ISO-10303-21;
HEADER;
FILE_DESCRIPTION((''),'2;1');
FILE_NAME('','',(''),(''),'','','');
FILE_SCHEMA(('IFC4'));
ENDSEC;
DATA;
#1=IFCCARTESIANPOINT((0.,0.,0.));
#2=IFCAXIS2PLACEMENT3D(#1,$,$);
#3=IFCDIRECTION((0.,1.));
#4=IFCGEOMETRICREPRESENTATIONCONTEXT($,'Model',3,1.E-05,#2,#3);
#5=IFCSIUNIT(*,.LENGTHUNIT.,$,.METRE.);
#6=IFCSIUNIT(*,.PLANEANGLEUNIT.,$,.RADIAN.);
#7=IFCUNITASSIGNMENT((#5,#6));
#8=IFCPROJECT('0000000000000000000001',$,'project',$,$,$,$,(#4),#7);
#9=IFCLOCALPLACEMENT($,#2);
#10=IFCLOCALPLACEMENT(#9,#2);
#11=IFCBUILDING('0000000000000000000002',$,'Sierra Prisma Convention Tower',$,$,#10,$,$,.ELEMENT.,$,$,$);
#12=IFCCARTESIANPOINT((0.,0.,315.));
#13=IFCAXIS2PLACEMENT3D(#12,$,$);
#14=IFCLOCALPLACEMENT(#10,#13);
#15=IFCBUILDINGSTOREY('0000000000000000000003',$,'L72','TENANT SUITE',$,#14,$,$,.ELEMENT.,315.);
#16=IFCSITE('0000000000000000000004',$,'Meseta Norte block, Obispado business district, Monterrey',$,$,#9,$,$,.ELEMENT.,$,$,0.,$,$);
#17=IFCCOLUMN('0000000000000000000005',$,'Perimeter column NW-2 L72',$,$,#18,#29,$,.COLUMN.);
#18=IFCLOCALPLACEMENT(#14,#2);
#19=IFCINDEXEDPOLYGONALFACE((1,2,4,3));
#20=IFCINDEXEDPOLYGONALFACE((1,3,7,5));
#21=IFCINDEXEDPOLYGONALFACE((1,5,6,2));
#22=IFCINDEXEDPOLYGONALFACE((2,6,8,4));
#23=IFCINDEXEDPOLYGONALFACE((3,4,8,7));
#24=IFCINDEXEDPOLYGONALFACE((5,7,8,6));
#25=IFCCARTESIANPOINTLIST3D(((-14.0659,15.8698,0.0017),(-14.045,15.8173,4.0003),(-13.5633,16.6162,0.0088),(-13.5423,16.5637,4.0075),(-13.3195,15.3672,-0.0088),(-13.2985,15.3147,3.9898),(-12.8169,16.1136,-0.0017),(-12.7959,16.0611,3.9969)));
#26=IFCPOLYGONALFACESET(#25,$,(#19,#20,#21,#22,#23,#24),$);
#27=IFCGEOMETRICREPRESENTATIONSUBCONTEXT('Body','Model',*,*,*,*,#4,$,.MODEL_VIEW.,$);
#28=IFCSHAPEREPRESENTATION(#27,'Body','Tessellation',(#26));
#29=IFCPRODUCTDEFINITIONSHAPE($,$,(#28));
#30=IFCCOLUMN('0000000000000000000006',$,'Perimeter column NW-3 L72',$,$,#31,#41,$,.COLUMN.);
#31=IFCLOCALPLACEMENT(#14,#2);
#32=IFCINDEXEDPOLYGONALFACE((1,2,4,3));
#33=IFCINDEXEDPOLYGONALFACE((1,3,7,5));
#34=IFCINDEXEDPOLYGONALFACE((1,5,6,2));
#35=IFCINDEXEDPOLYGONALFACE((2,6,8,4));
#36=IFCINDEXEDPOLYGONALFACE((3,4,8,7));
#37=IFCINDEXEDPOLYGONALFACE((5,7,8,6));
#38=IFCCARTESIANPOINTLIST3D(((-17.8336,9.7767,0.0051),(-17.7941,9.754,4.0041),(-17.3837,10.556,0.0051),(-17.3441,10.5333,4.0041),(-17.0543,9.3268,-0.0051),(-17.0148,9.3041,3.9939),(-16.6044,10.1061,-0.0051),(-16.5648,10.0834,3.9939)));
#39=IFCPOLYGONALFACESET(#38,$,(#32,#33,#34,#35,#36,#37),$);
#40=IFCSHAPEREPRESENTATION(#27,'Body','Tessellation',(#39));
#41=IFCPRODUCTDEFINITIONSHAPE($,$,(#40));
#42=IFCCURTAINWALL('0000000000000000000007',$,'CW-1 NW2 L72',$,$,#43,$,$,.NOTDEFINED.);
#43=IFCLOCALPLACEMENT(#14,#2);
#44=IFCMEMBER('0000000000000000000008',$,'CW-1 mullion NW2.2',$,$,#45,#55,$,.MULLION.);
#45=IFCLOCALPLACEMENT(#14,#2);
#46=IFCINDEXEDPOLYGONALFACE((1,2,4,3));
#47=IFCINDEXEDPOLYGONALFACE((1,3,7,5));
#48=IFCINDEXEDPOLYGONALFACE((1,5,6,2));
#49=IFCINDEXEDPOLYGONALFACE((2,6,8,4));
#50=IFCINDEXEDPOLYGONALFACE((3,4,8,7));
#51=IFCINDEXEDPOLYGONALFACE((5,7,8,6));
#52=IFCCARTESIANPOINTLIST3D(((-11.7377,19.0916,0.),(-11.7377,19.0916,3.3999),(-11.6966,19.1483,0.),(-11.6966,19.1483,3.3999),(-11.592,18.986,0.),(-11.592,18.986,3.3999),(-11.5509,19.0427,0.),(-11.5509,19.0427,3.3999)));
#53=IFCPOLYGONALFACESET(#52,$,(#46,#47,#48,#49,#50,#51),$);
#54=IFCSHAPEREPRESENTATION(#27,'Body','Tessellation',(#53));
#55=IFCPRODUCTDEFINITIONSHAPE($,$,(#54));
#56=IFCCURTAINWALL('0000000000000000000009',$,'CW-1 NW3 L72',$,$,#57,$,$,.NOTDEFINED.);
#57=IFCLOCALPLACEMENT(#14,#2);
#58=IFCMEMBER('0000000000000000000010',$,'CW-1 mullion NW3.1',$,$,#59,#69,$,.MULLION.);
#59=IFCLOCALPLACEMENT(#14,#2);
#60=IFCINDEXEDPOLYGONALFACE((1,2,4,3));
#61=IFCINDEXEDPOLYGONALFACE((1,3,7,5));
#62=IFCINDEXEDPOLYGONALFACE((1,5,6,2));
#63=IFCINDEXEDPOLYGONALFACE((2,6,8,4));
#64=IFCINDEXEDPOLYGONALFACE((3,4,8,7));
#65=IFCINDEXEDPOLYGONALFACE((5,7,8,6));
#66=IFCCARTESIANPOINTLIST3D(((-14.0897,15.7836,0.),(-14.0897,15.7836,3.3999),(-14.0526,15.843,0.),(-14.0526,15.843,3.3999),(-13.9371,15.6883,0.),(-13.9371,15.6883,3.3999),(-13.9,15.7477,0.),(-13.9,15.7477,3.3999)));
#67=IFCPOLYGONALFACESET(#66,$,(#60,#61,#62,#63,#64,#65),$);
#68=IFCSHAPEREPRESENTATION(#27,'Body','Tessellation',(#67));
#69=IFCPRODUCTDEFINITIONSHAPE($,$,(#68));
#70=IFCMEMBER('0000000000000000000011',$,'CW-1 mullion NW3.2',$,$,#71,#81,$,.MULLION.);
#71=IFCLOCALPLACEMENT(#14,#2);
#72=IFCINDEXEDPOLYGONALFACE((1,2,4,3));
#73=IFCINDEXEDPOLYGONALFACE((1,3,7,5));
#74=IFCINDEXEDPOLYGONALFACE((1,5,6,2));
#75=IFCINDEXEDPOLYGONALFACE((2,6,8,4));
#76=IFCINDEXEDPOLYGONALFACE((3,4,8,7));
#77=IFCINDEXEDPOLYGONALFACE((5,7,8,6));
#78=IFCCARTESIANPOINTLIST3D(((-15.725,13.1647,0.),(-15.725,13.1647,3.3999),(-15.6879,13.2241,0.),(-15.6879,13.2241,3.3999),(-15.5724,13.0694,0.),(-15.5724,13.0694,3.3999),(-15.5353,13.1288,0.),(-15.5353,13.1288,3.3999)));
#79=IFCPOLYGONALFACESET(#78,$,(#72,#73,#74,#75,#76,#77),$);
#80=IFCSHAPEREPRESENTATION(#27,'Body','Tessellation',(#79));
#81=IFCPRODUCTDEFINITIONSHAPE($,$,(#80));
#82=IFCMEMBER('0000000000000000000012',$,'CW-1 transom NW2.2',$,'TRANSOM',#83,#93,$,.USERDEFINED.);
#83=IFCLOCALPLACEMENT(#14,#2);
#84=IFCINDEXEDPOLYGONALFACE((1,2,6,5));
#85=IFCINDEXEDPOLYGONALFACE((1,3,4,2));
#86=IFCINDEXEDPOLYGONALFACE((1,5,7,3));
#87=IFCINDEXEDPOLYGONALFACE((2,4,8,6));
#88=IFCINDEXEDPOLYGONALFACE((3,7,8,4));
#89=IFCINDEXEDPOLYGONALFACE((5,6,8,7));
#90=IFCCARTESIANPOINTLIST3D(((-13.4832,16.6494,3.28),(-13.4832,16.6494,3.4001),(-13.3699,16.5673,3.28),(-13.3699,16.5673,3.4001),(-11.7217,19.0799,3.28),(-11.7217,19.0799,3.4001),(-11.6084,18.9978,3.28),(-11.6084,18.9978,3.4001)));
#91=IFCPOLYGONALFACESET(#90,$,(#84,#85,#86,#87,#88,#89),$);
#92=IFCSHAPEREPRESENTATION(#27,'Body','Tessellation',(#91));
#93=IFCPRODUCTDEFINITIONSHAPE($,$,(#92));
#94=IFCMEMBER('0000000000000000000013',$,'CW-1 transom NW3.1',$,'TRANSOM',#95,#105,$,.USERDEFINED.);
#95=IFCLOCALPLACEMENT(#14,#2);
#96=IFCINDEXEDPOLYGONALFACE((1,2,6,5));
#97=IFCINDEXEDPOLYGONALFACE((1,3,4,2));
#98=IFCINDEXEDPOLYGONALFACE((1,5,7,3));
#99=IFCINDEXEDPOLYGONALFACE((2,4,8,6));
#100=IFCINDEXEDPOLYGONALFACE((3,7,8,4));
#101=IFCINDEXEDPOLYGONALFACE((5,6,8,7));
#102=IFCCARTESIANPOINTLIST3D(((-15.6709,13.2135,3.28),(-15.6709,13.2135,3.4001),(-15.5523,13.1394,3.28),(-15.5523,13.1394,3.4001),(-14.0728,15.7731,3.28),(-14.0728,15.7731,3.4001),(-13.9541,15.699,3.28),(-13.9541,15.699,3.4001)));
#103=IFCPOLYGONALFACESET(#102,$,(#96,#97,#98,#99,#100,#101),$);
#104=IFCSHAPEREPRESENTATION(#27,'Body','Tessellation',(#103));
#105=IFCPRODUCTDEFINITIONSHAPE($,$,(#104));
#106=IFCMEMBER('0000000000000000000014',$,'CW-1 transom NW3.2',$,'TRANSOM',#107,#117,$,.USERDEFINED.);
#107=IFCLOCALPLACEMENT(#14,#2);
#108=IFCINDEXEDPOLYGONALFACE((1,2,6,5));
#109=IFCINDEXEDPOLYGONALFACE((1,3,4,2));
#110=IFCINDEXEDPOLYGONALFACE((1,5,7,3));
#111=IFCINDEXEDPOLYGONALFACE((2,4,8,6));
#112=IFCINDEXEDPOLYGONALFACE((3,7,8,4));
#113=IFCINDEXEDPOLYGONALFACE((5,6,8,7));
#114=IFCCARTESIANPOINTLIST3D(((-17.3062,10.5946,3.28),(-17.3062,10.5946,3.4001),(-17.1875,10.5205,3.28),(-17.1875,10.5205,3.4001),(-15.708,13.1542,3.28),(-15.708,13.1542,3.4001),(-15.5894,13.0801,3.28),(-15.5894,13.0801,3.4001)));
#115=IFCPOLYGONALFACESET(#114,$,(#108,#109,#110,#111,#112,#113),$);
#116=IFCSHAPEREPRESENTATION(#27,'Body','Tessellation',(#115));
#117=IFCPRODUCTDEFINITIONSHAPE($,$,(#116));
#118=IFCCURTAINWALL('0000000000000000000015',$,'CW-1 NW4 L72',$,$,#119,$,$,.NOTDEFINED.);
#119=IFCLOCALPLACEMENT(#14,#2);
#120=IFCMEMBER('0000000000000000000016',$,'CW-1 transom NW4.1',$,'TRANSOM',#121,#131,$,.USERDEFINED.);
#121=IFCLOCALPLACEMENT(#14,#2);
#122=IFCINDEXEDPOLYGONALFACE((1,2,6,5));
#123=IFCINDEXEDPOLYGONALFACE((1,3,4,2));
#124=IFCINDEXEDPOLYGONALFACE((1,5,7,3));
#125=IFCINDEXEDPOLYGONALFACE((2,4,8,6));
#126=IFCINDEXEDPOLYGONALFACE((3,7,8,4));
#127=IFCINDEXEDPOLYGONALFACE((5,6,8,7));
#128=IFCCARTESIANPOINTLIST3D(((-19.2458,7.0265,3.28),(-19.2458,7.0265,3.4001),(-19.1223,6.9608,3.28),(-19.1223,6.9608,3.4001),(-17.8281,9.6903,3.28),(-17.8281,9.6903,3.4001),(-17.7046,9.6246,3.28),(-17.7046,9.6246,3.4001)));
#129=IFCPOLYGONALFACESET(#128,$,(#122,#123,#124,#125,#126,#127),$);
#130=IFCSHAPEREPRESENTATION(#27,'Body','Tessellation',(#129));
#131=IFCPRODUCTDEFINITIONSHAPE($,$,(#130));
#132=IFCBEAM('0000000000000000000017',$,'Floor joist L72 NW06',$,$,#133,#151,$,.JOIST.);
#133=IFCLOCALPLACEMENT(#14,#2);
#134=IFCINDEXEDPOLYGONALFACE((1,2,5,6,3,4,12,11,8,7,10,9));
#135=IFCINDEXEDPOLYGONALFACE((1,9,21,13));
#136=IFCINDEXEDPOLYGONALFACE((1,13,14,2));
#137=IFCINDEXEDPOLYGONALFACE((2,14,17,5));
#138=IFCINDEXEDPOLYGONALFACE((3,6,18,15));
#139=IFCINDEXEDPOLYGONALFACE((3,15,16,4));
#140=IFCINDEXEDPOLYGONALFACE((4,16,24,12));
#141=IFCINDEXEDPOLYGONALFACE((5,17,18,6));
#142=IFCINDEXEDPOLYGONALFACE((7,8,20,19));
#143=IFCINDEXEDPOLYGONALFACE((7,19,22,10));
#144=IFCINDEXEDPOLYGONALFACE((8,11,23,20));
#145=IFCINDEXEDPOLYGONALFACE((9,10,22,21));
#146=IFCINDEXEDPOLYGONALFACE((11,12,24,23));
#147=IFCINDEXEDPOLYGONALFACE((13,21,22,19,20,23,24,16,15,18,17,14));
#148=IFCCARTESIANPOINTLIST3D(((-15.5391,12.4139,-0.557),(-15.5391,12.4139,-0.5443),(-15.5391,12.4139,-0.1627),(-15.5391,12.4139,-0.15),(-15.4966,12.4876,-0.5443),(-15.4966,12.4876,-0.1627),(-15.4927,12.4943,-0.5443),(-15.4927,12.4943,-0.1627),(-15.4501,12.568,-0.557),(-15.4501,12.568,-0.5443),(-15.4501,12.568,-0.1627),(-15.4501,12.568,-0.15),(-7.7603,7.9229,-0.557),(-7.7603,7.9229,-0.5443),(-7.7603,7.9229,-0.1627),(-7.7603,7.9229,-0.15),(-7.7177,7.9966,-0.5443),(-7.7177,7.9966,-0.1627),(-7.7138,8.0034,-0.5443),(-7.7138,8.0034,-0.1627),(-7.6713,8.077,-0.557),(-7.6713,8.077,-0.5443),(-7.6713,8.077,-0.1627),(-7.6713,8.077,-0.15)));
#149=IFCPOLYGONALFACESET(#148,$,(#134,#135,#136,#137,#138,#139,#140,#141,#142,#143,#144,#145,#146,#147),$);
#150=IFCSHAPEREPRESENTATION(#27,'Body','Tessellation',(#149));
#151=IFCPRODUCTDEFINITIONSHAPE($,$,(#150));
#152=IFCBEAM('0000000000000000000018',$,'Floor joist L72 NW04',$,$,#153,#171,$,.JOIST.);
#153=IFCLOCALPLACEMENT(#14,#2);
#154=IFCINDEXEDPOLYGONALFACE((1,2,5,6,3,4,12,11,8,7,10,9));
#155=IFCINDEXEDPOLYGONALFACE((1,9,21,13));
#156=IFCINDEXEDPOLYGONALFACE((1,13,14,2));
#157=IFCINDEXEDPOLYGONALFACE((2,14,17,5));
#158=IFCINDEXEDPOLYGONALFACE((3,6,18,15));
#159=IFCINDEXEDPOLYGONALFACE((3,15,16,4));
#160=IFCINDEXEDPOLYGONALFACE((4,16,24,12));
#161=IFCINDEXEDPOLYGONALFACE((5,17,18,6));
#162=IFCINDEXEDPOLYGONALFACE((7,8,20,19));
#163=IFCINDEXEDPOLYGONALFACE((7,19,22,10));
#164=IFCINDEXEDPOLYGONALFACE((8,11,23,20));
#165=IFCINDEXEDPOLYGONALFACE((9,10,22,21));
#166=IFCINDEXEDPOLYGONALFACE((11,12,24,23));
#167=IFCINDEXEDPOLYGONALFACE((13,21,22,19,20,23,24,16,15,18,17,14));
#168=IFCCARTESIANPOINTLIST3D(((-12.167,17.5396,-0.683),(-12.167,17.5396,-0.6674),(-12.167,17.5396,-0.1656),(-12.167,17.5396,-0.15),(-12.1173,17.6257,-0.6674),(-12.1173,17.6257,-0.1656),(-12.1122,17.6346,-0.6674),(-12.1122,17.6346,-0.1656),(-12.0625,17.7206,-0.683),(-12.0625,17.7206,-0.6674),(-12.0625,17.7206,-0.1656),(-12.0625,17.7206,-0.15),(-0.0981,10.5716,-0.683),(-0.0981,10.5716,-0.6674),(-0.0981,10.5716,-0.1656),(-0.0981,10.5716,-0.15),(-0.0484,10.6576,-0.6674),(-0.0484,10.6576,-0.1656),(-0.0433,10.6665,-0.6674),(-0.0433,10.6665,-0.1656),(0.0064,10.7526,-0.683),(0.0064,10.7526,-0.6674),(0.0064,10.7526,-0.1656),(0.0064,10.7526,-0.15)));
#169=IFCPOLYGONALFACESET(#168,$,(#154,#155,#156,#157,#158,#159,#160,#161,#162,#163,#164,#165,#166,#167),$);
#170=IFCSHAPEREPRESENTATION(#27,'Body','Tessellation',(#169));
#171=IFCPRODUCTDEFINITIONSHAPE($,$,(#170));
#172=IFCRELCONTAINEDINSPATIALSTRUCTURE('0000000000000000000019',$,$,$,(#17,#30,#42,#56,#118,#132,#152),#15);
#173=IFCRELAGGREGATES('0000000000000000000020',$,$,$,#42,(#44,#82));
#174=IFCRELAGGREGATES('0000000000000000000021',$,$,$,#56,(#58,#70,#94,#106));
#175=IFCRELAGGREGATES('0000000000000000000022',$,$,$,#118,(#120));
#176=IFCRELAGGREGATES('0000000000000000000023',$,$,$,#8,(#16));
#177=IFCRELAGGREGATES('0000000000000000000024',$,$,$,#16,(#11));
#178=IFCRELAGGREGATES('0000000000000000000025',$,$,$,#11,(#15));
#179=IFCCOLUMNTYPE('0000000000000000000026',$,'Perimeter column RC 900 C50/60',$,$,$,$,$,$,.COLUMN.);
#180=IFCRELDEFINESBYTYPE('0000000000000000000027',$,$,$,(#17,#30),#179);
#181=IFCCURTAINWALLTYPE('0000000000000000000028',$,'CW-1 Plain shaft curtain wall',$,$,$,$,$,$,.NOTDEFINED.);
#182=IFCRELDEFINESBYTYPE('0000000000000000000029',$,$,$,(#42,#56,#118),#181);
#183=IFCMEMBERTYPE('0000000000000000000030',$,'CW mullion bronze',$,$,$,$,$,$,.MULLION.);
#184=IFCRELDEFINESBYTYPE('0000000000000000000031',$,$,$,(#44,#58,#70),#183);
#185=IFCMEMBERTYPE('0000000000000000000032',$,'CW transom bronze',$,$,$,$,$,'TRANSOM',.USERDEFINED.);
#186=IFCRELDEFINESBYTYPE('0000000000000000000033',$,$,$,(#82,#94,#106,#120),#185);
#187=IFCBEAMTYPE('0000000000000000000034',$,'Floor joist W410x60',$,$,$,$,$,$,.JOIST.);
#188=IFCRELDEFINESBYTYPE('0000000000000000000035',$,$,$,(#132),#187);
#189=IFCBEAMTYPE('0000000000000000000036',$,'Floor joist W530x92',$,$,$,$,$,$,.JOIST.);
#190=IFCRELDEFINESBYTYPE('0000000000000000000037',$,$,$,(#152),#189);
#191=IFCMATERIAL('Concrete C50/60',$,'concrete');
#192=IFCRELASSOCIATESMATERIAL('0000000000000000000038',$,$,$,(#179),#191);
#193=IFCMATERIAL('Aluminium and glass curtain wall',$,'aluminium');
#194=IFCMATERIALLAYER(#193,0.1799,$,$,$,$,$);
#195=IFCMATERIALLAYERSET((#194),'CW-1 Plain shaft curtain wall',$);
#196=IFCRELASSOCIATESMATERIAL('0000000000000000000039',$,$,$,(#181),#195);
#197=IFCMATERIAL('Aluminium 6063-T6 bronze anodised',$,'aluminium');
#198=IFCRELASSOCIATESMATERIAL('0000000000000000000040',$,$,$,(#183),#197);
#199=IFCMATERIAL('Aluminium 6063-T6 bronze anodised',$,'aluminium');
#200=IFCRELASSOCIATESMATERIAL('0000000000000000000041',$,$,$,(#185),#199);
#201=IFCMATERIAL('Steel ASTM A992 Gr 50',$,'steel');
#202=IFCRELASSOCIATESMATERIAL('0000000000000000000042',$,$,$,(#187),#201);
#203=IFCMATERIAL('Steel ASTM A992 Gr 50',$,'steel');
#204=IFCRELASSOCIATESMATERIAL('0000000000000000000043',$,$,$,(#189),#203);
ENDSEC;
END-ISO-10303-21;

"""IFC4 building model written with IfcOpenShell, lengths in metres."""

from ifc_helpers import new_model, si_unit, direction, frame, origin, origin_2d, place, context, subcontext, project, spatial, rectangle, i_section, extrude, clip, halfspace, material, layer, layer_set, material_profile, profile_set, type_object, element, aggregate, save


model = new_model("IFC4")

# Units and contexts
model_context = context("Model", 3, precision=1e-05, world=origin(), true_north=direction((0.0, 1.0)))
body_context = subcontext(model_context, "Body", "Model", "MODEL_VIEW")
ifc_project = project(units=[si_unit("LENGTHUNIT", "METRE"), si_unit("PLANEANGLEUNIT", "RADIAN")], contexts=[model_context])

# Site, building, storey
site_placement = place(None, origin())
site = spatial("IfcSite", under=ifc_project, at=site_placement, Name="Meseta Norte block, Obispado business district, Monterrey", CompositionType="ELEMENT", RefElevation=0.0)
building_placement = place(site_placement, origin())
building = spatial("IfcBuilding", under=site, at=building_placement, Name="Sierra Prisma Convention Tower", CompositionType="ELEMENT")
storey_placement = place(building_placement, frame((0.0, 0.0, 315.0)))
storey = spatial("IfcBuildingStorey", under=building, at=storey_placement, Name="L72", Description="TENANT SUITE", CompositionType="ELEMENT", Elevation=315.0)

# Columns
ifc_material_1 = material(Name="Concrete C50/60", Category="concrete")
ifc_material_profile_1 = material_profile(ifc_material_1, rectangle(XDim=0.8999, YDim=0.8999, at=origin_2d()), Name="Perimeter column RC 900 C50/60")
ifc_profile_set_1 = profile_set([ifc_material_profile_1], Name="Concrete C50/60")
column_type = type_object("IfcColumnType", Name="Perimeter column RC 900 C50/60", PredefinedType="COLUMN", material=ifc_profile_set_1)
column_1_placement = place(storey_placement, frame((-13.4414, 15.9917, 0.0), z_axis=(0.005248, -0.013121, 0.9999), x_axis=(0.558573, 0.829417, 0.007952)))
element("IfcColumn", 1, at=column_1_placement, inside=storey, type_object=column_type, Name="Perimeter column NW-2 L72", PredefinedType="COLUMN", context=body_context, shape_type="SweptSolid", body=[
    clip(extrude(rectangle(XDim=0.8999, YDim=0.8999, at=origin_2d()), origin(), (0.0, 0.0, 1.0), 4.0005), halfspace(frame((0.0, 0.0, 3.999)), False)),
])
column_2_placement = place(storey_placement, frame((-17.219, 9.9414, 0.0), z_axis=(0.009887, -0.005676, 0.999935), x_axis=(0.499976, 0.86604, -0.000028)))
element("IfcColumn", 2, at=column_2_placement, inside=storey, type_object=column_type, Name="Perimeter column NW-3 L72", PredefinedType="COLUMN", context=body_context, shape_type="SweptSolid", body=[
    clip(extrude(rectangle(XDim=0.8999, YDim=0.8999, at=origin_2d()), origin(), (0.0, 0.0, 1.0), 4.0002), halfspace(frame((0.0, 0.0, 3.9993)), False)),
])

# Curtain wall, member
ifc_material_2 = material(Name="Aluminium and glass curtain wall", Category="aluminium")
ifc_layer_1 = layer(ifc_material_2, 0.1799)
ifc_layer_set_1 = layer_set([ifc_layer_1], Name="CW-1 Plain shaft curtain wall")
curtain_wall_type = type_object("IfcCurtainWallType", Name="CW-1 Plain shaft curtain wall", PredefinedType="NOTDEFINED", material=ifc_layer_set_1)
curtain_wall_1_placement = place(storey_placement, origin())
curtain_wall_1 = element("IfcCurtainWall", 3, at=curtain_wall_1_placement, inside=storey, type_object=curtain_wall_type, Name="CW-1 NW2 L72", PredefinedType="NOTDEFINED")
ifc_material_3 = material(Name="Aluminium 6063-T6 bronze anodised", Category="aluminium")
ifc_material_profile_2 = material_profile(ifc_material_3, rectangle(XDim=0.1799, YDim=0.0701, at=origin_2d()), Name="ALU MULLION 70x180")
ifc_profile_set_2 = profile_set([ifc_material_profile_2], Name="Aluminium 6063-T6 bronze anodised")
member_type_1 = type_object("IfcMemberType", Name="CW mullion bronze", PredefinedType="MULLION", material=ifc_profile_set_2)
member_1_placement = place(storey_placement, frame((-11.6443, 19.0671, 0.0), z_axis=(0.0, 0.0, 1.0), x_axis=(0.809667, -0.58689, 0.0)))
member_1 = element("IfcMember", 4, at=member_1_placement, type_object=member_type_1, Name="CW-1 mullion NW2.2", PredefinedType="MULLION", context=body_context, shape_type="SweptSolid", body=[
    extrude(rectangle(XDim=0.1799, YDim=0.0701, at=origin_2d()), origin(), (0.0, 0.0, 1.0), 3.3999),
])

# Curtain wall, members
curtain_wall_2_placement = place(storey_placement, origin())
curtain_wall_2 = element("IfcCurtainWall", 5, at=curtain_wall_2_placement, inside=storey, type_object=curtain_wall_type, Name="CW-1 NW3 L72", PredefinedType="NOTDEFINED")
member_2_placement = place(storey_placement, frame((-13.9949, 15.7656, 0.0), z_axis=(0.0, 0.0, 1.0), x_axis=(0.848243, -0.529606, 0.0)))
member_2 = element("IfcMember", 6, at=member_2_placement, type_object=member_type_1, Name="CW-1 mullion NW3.1", PredefinedType="MULLION", context=body_context, shape_type="SweptSolid", body=[
    extrude(rectangle(XDim=0.1799, YDim=0.0701, at=origin_2d()), origin(), (0.0, 0.0, 1.0), 3.3999),
])
member_3_placement = place(storey_placement, frame((-15.6301, 13.1467, 0.0), z_axis=(0.0, 0.0, 1.0), x_axis=(0.848243, -0.529606, 0.0)))
member_3 = element("IfcMember", 7, at=member_3_placement, type_object=member_type_1, Name="CW-1 mullion NW3.2", PredefinedType="MULLION", context=body_context, shape_type="SweptSolid", body=[
    extrude(rectangle(XDim=0.1799, YDim=0.0701, at=origin_2d()), origin(), (0.0, 0.0, 1.0), 3.3999),
])

# Members
ifc_material_4 = material(Name="Aluminium 6063-T6 bronze anodised", Category="aluminium")
ifc_material_profile_3 = material_profile(ifc_material_4, rectangle(XDim=0.1399, YDim=0.1201, at=origin_2d()), Name="ALU TRANSOM 120x140")
ifc_profile_set_3 = profile_set([ifc_material_profile_3], Name="Aluminium 6063-T6 bronze anodised")
member_type_2 = type_object("IfcMemberType", Name="CW transom bronze", ElementType="TRANSOM", PredefinedType="USERDEFINED", material=ifc_profile_set_3)
member_4_placement = place(storey_placement, frame((-11.665, 19.0388, 3.3401), z_axis=(-0.586841, -0.809702, 0.0), x_axis=(0.809702, -0.586841, 0.0)))
member_4 = element("IfcMember", 8, at=member_4_placement, type_object=member_type_2, Name="CW-1 transom NW2.2", ObjectType="TRANSOM", PredefinedType="USERDEFINED", context=body_context, shape_type="SweptSolid", body=[
    extrude(rectangle(XDim=0.1399, YDim=0.1201, at=origin_2d()), origin(), (0.0, 0.0, 1.0), 3.0017),
])
member_5_placement = place(storey_placement, frame((-14.0134, 15.7361, 3.3401), z_axis=(-0.529621, -0.848235, 0.0), x_axis=(0.848235, -0.529621, 0.0)))
member_5 = element("IfcMember", 9, at=member_5_placement, type_object=member_type_2, Name="CW-1 transom NW3.1", ObjectType="TRANSOM", PredefinedType="USERDEFINED", context=body_context, shape_type="SweptSolid", body=[
    extrude(rectangle(XDim=0.1399, YDim=0.1201, at=origin_2d()), origin(), (0.0, 0.0, 1.0), 3.0176),
])
member_6_placement = place(storey_placement, frame((-15.6487, 13.1172, 3.3401), z_axis=(-0.529621, -0.848235, 0.0), x_axis=(0.848235, -0.529621, 0.0)))
member_6 = element("IfcMember", 10, at=member_6_placement, type_object=member_type_2, Name="CW-1 transom NW3.2", ObjectType="TRANSOM", PredefinedType="USERDEFINED", context=body_context, shape_type="SweptSolid", body=[
    extrude(rectangle(XDim=0.1399, YDim=0.1201, at=origin_2d()), origin(), (0.0, 0.0, 1.0), 3.0176),
])

# Curtain wall, member
curtain_wall_3_placement = place(storey_placement, origin())
curtain_wall_3 = element("IfcCurtainWall", 11, at=curtain_wall_3_placement, inside=storey, type_object=curtain_wall_type, Name="CW-1 NW4 L72", PredefinedType="NOTDEFINED")
member_7_placement = place(storey_placement, frame((-17.7664, 9.6575, 3.3401), z_axis=(-0.46982, -0.882762, 0.0), x_axis=(0.882762, -0.46982, 0.0)))
member_7 = element("IfcMember", 12, at=member_7_placement, type_object=member_type_2, Name="CW-1 transom NW4.1", ObjectType="TRANSOM", PredefinedType="USERDEFINED", context=body_context, shape_type="SweptSolid", body=[
    extrude(rectangle(XDim=0.1399, YDim=0.1201, at=origin_2d()), origin(), (0.0, 0.0, 1.0), 3.0176),
])

# Beams
ifc_material_5 = material(Name="Steel ASTM A992 Gr 50", Category="steel")
ifc_material_profile_4 = material_profile(ifc_material_5, i_section(OverallWidth=0.178, OverallDepth=0.407, WebThickness=0.0078, FlangeThickness=0.0127, at=origin_2d()), Name="W410x60")
ifc_profile_set_4 = profile_set([ifc_material_profile_4], Name="Steel ASTM A992 Gr 50")
beam_type_1 = type_object("IfcBeamType", Name="Floor joist W410x60", PredefinedType="JOIST", material=ifc_profile_set_4)
beam_1_placement = place(storey_placement, frame((-15.4946, 12.491, -0.3535), z_axis=(0.866032, -0.499989, 0.0), x_axis=(0.499989, 0.866032, 0.0)))
element("IfcBeam", 13, at=beam_1_placement, inside=storey, type_object=beam_type_1, Name="Floor joist L72 NW06", PredefinedType="JOIST", context=body_context, shape_type="SweptSolid", body=[
    extrude(i_section(OverallWidth=0.178, OverallDepth=0.407, WebThickness=0.0078, FlangeThickness=0.0127, at=origin_2d()), origin(), (0.0, 0.0, 1.0), 8.9822),
])
ifc_material_6 = material(Name="Steel ASTM A992 Gr 50", Category="steel")
ifc_material_profile_5 = material_profile(ifc_material_6, i_section(OverallWidth=0.209, OverallDepth=0.533, WebThickness=0.0103, FlangeThickness=0.0156, at=origin_2d()), Name="W530x92")
ifc_profile_set_5 = profile_set([ifc_material_profile_5], Name="Steel ASTM A992 Gr 50")
beam_type_2 = type_object("IfcBeamType", Name="Floor joist W530x92", PredefinedType="JOIST", material=ifc_profile_set_5)
beam_2_placement = place(storey_placement, frame((-12.1147, 17.6301, -0.4165), z_axis=(0.866023, -0.500004, 0.0), x_axis=(0.500004, 0.866023, 0.0)))
element("IfcBeam", 14, at=beam_2_placement, inside=storey, type_object=beam_type_2, Name="Floor joist L72 NW04", PredefinedType="JOIST", context=body_context, shape_type="SweptSolid", body=[
    extrude(i_section(OverallWidth=0.209, OverallDepth=0.533, WebThickness=0.0103, FlangeThickness=0.0156, at=origin_2d()), origin(), (0.0, 0.0, 1.0), 13.936),
])

aggregate(curtain_wall_1, [member_1, member_4])
aggregate(curtain_wall_2, [member_2, member_3, member_5, member_6])
aggregate(curtain_wall_3, [member_7])

save(model, "model.ifc")
